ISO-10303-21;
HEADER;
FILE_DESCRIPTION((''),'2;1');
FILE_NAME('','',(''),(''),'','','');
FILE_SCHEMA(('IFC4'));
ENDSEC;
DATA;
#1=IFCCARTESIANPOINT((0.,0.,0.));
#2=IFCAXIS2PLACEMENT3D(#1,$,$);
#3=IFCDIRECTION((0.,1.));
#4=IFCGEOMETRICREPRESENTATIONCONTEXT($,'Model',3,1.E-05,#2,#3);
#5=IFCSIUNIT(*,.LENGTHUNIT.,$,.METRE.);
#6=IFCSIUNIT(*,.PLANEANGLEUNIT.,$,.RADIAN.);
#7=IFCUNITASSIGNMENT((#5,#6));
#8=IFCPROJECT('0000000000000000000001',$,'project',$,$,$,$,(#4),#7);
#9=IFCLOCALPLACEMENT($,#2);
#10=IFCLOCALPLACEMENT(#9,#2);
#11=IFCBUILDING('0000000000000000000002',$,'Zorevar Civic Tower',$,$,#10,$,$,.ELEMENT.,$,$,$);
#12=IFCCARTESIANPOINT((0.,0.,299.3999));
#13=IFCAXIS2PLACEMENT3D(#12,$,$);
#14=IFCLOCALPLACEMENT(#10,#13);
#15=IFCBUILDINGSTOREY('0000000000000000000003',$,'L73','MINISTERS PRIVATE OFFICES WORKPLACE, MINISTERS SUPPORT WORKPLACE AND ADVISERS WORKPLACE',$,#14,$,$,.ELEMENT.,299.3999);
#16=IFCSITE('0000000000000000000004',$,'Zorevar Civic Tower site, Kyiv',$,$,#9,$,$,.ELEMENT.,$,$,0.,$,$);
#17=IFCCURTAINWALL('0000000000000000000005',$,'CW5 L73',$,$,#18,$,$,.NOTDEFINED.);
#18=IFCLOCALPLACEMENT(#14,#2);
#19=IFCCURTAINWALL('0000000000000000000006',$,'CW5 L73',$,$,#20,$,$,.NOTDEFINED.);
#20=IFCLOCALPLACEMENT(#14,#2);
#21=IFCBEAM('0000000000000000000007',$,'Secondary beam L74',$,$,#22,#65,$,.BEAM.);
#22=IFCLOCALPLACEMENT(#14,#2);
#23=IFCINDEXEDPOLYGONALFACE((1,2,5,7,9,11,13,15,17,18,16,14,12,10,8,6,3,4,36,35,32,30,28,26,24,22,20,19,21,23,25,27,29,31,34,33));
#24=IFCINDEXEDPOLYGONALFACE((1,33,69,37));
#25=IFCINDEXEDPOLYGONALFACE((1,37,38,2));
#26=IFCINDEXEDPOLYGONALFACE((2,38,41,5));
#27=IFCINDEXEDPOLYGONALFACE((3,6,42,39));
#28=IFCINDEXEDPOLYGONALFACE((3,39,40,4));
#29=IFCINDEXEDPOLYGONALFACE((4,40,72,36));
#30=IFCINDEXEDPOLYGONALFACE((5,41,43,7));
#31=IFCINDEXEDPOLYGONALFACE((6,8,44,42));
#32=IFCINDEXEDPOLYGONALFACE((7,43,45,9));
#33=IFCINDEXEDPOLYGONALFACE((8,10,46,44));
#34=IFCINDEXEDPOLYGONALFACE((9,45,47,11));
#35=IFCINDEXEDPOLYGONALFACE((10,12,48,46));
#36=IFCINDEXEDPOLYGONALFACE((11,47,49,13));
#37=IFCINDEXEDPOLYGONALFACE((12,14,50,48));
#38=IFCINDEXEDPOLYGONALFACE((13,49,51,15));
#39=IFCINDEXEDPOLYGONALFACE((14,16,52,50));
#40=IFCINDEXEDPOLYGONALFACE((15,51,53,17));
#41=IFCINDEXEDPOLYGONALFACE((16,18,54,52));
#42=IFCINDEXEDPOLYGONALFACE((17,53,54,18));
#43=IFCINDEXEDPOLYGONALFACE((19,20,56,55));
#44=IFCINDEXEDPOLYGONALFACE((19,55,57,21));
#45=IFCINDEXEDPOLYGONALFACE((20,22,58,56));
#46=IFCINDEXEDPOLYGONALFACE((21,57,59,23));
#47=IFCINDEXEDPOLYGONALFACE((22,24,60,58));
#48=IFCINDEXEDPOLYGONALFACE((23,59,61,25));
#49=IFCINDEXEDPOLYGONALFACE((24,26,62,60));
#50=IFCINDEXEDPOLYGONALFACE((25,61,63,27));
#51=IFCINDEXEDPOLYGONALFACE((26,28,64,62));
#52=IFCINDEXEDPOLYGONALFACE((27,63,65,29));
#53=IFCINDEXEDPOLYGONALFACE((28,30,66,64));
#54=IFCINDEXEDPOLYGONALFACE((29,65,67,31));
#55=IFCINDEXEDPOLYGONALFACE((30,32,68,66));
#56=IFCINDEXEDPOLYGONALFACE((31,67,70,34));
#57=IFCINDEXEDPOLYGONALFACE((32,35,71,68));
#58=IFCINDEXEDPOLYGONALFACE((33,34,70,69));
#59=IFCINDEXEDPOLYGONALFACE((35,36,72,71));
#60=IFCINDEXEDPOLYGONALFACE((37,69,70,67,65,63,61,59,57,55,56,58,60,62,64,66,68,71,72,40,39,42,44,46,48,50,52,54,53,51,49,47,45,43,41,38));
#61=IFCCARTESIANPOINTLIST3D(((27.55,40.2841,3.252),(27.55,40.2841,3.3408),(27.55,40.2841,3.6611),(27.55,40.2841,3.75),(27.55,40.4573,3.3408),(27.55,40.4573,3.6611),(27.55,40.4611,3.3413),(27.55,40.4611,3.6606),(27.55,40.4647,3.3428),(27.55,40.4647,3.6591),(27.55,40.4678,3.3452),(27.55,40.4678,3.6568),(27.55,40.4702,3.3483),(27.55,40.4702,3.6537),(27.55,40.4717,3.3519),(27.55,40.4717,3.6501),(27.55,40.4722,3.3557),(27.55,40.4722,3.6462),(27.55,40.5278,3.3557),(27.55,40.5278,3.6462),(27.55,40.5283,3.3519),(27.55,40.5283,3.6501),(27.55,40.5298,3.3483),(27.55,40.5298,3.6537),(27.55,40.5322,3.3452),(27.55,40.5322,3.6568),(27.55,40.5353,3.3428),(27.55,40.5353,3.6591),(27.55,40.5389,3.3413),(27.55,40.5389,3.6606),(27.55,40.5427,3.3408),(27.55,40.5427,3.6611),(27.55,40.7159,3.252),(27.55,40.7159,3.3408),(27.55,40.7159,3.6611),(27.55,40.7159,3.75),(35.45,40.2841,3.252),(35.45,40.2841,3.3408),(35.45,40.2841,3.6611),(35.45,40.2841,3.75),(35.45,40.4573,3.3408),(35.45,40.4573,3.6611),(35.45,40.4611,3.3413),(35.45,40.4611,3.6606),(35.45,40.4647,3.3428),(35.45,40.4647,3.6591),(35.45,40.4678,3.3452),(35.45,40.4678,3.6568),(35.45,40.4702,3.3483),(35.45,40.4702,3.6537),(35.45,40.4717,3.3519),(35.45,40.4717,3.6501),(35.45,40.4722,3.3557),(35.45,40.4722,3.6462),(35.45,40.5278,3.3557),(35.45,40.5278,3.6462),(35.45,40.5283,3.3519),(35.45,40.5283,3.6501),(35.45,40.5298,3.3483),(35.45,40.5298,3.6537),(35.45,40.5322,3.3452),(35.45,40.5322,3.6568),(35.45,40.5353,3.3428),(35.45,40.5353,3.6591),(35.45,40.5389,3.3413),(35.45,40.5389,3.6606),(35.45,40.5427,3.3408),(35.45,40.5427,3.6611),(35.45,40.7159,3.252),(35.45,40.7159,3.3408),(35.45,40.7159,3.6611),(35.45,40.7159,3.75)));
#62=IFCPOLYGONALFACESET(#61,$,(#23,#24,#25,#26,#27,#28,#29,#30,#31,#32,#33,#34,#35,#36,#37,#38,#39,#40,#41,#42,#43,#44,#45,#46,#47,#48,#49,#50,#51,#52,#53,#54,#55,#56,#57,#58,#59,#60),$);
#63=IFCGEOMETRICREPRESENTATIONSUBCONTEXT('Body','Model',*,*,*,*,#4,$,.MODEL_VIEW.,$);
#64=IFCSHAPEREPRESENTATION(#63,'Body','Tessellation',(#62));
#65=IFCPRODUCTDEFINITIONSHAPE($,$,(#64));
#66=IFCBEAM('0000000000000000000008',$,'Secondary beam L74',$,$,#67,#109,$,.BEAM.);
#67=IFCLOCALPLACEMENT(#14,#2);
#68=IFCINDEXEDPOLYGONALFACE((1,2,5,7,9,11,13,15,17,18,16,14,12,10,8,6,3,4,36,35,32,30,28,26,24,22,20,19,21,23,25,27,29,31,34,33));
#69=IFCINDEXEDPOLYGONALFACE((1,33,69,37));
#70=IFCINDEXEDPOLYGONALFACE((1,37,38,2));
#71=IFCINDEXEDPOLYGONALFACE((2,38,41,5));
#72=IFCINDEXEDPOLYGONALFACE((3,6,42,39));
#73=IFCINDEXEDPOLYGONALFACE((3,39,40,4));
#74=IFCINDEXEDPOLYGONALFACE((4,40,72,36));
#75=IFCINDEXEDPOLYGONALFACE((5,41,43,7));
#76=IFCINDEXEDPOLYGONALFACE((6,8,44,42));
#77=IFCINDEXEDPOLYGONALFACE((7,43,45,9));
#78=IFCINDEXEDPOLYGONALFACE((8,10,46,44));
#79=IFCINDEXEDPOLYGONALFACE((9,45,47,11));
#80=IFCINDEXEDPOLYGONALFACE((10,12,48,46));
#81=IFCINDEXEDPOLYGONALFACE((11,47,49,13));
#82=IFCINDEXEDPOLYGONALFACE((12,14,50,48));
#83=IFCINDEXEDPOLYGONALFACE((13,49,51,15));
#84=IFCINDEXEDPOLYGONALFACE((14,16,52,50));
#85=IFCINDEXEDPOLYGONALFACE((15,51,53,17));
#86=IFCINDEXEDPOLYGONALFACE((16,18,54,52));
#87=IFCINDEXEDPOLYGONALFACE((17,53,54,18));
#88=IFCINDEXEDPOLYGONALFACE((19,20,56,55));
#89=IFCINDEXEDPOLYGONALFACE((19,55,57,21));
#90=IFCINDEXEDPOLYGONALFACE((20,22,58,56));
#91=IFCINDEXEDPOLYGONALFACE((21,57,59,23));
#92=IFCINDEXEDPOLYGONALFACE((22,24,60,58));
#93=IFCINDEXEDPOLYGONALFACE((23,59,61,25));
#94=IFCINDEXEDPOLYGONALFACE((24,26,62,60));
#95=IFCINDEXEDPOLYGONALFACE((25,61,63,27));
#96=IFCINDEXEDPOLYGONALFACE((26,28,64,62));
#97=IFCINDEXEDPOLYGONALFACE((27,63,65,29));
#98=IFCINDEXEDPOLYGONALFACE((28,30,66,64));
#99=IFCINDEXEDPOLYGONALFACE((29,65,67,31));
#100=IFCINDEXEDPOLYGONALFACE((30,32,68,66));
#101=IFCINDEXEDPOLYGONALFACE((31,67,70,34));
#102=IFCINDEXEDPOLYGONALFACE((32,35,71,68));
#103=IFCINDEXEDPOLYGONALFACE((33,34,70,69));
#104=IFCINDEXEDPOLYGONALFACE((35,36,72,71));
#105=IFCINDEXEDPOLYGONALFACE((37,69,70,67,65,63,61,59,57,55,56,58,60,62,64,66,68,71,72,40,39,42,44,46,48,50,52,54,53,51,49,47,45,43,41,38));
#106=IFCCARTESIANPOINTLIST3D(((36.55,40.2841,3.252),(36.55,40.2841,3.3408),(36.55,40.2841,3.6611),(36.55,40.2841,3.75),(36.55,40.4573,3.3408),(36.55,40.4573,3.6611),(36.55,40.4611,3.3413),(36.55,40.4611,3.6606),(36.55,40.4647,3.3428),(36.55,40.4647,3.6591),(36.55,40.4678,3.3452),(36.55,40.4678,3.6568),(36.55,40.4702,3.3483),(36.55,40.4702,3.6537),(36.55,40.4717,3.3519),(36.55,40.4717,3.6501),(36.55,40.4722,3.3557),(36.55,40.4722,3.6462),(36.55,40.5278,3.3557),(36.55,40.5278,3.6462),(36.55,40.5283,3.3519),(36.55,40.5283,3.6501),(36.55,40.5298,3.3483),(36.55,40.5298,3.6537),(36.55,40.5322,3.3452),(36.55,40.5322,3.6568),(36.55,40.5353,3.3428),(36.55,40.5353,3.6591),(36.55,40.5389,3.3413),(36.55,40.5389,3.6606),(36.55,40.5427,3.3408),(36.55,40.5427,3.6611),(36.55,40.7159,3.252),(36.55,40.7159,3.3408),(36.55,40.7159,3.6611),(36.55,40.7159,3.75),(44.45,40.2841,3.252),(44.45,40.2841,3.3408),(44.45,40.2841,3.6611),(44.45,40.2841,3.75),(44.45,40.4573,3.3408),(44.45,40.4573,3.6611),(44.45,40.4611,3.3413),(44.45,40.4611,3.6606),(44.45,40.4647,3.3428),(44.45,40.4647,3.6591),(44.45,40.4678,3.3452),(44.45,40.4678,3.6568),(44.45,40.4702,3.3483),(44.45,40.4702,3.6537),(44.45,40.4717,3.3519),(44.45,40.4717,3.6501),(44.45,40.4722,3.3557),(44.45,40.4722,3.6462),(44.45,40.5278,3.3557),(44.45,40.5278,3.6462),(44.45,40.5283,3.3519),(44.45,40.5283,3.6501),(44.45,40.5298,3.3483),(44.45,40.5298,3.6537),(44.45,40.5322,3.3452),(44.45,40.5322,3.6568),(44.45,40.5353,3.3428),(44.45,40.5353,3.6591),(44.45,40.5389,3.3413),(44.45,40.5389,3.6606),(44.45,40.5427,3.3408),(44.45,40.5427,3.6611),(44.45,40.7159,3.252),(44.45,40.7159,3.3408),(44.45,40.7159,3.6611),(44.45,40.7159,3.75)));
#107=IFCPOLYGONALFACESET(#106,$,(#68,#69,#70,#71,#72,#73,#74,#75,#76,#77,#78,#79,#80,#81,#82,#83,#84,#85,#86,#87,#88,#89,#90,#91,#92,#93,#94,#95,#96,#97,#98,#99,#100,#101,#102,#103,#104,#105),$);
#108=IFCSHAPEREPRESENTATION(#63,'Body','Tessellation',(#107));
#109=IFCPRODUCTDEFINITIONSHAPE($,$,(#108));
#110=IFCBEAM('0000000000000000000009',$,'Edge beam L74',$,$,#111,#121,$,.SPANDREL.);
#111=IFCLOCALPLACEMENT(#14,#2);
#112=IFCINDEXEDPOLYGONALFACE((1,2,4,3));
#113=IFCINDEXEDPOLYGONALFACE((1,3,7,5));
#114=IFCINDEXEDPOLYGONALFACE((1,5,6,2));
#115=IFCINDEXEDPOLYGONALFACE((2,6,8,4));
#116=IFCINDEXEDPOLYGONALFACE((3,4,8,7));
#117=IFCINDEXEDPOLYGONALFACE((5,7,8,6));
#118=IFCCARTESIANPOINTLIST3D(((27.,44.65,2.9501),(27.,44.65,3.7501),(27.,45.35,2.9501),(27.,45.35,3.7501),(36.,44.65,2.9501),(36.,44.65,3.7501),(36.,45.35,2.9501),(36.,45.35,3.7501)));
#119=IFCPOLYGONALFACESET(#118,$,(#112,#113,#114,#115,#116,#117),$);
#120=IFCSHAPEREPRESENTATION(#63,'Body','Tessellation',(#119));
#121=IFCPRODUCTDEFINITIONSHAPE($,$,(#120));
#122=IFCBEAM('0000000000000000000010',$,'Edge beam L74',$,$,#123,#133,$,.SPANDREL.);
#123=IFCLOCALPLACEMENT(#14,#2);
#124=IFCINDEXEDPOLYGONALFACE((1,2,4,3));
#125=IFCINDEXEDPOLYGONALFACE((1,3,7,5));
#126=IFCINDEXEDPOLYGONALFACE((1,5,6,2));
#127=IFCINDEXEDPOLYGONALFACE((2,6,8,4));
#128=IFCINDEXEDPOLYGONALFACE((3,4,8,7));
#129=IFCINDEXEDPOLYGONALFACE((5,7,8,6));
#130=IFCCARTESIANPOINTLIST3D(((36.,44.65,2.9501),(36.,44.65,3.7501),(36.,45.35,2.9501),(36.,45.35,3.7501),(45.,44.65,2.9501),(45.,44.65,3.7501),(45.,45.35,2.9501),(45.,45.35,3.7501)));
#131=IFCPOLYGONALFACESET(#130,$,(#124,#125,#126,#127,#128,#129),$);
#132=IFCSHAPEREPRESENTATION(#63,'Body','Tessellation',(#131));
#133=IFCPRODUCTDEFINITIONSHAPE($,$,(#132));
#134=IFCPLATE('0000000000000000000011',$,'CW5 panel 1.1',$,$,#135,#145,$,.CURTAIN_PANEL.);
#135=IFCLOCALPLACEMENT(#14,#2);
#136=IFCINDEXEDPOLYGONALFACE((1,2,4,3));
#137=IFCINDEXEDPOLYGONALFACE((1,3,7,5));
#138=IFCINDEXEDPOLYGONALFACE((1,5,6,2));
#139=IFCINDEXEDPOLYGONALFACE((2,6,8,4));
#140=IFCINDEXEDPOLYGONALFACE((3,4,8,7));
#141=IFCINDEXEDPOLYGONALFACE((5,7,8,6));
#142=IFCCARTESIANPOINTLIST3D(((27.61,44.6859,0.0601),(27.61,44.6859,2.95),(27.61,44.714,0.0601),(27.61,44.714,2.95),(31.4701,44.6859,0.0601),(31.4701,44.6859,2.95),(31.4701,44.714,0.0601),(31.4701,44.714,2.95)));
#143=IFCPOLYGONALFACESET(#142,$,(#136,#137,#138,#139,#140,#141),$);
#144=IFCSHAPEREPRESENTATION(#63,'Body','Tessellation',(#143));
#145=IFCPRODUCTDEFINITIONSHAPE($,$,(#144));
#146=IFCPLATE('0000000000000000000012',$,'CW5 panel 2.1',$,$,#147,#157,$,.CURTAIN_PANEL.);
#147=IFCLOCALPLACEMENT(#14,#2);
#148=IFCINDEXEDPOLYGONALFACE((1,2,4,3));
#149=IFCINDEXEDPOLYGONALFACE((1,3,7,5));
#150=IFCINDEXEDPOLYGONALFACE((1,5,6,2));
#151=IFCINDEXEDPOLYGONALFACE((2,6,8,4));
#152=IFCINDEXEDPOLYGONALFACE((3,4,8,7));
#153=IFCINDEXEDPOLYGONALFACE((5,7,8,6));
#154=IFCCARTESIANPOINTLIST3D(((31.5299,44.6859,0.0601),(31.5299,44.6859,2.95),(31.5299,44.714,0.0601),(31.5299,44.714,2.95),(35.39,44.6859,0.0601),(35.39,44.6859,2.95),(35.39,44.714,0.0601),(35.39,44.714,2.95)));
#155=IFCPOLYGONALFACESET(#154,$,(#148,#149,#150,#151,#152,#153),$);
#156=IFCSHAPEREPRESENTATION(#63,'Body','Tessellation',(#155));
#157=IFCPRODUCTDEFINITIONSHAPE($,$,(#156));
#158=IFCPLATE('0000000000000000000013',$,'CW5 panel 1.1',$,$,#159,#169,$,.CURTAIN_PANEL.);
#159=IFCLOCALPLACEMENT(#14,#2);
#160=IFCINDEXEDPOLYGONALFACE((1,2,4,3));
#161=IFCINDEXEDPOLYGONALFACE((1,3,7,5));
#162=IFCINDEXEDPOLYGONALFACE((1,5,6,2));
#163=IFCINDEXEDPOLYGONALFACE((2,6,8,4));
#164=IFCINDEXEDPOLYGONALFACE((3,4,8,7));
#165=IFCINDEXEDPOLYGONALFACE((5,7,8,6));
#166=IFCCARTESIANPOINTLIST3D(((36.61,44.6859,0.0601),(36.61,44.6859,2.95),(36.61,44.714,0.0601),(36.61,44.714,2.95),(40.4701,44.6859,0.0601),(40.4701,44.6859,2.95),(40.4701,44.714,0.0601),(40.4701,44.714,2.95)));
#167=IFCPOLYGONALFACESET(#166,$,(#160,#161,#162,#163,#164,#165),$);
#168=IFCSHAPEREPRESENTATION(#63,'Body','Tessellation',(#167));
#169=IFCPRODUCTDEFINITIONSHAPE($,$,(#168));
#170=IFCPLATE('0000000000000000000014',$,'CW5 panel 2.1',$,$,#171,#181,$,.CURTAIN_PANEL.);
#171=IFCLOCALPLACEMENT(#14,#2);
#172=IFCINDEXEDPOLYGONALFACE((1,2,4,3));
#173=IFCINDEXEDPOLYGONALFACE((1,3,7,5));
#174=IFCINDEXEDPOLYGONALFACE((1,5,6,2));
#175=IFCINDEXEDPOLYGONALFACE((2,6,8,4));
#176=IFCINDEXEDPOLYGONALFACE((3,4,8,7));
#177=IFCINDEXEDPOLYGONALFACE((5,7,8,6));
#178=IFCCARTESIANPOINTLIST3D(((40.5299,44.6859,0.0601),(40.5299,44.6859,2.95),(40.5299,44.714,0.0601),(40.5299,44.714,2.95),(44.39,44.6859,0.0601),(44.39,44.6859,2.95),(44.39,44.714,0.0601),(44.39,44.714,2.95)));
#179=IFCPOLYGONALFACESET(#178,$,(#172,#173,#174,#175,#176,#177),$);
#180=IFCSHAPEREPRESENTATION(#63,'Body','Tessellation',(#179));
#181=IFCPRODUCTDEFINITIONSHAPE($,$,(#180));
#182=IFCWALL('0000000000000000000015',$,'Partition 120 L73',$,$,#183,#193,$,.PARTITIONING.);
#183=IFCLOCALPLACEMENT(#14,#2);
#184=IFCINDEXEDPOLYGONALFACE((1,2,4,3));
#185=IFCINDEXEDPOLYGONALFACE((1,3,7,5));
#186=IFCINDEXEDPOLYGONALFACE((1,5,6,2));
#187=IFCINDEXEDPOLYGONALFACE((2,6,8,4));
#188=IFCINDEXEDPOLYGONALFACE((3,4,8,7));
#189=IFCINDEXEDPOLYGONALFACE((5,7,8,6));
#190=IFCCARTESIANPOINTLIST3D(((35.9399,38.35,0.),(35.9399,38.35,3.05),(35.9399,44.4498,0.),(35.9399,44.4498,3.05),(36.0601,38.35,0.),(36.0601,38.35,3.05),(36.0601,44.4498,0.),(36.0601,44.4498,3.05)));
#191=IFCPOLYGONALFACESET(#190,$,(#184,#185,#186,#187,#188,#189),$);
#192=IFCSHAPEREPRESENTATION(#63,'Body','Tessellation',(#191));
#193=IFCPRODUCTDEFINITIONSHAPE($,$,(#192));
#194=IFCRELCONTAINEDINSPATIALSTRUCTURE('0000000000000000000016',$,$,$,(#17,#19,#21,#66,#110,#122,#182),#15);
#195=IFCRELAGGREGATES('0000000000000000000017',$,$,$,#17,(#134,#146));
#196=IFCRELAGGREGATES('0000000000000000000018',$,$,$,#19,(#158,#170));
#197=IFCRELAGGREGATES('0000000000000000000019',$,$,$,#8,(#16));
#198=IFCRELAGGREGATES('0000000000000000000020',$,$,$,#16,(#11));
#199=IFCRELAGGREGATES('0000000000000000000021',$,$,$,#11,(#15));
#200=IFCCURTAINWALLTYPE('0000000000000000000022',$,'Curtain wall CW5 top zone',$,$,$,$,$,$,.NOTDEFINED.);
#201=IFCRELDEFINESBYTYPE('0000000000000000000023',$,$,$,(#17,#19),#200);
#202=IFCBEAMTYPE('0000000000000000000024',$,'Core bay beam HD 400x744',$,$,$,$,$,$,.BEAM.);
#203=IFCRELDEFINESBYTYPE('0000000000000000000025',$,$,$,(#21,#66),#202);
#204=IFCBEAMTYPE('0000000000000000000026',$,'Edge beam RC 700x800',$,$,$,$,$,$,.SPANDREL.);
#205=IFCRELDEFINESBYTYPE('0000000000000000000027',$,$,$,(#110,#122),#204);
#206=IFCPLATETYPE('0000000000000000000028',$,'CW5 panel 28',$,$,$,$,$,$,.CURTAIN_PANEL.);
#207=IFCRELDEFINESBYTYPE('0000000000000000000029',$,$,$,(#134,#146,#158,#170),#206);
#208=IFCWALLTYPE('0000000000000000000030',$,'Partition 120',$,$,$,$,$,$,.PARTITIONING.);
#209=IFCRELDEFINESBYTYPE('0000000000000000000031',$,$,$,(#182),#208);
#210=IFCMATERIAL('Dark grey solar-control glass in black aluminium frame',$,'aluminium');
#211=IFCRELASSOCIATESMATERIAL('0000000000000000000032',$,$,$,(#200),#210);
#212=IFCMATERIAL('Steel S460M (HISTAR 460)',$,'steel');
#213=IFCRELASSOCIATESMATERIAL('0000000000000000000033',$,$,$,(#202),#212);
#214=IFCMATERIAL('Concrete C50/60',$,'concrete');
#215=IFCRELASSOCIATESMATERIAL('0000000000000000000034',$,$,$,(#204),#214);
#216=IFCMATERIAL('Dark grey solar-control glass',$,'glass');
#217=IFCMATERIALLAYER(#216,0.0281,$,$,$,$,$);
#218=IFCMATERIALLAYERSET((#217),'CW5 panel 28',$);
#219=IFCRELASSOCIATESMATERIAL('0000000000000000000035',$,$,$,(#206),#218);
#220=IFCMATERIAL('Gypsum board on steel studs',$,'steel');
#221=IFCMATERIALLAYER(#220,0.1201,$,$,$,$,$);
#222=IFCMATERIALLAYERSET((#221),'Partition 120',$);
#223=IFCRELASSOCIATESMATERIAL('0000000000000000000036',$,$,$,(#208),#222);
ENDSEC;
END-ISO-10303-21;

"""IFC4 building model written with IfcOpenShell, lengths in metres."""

from ifc_helpers import new_model, si_unit, direction, frame, frame_2d, origin, origin_2d, place, context, subcontext, project, spatial, rectangle, i_section, extrude, material, layer, layer_set, material_profile, profile_set, type_object, element, aggregate, save


model = new_model("IFC4")

# Units and contexts
model_context = context("Model", 3, precision=1e-05, world=origin(), true_north=direction((0.0, 1.0)))
body_context = subcontext(model_context, "Body", "Model", "MODEL_VIEW")
ifc_project = project(units=[si_unit("LENGTHUNIT", "METRE"), si_unit("PLANEANGLEUNIT", "RADIAN")], contexts=[model_context])

# Site, building, storey
site_placement = place(None, origin())
site = spatial("IfcSite", under=ifc_project, at=site_placement, Name="Zorevar Civic Tower site, Kyiv", CompositionType="ELEMENT", RefElevation=0.0)
building_placement = place(site_placement, origin())
building = spatial("IfcBuilding", under=site, at=building_placement, Name="Zorevar Civic Tower", CompositionType="ELEMENT")
storey_placement = place(building_placement, frame((0.0, 0.0, 299.3999)))
storey = spatial("IfcBuildingStorey", under=building, at=storey_placement, Name="L73", Description="MINISTERS PRIVATE OFFICES WORKPLACE, MINISTERS SUPPORT WORKPLACE AND ADVISERS WORKPLACE", CompositionType="ELEMENT", Elevation=299.3999)

# Curtain walls
ifc_material_1 = material(Name="Dark grey solar-control glass in black aluminium frame", Category="aluminium")
curtain_wall_type = type_object("IfcCurtainWallType", Name="Curtain wall CW5 top zone", PredefinedType="NOTDEFINED", material=ifc_material_1)
curtain_wall_1_placement = place(storey_placement, origin())
curtain_wall_1 = element("IfcCurtainWall", 1, at=curtain_wall_1_placement, inside=storey, type_object=curtain_wall_type, Name="CW5 L73", PredefinedType="NOTDEFINED")
curtain_wall_2_placement = place(storey_placement, origin())
curtain_wall_2 = element("IfcCurtainWall", 2, at=curtain_wall_2_placement, inside=storey, type_object=curtain_wall_type, Name="CW5 L73", PredefinedType="NOTDEFINED")

# Beams
ifc_material_2 = material(Name="Steel S460M (HISTAR 460)", Category="steel")
ifc_material_profile_1 = material_profile(ifc_material_2, i_section(OverallWidth=0.4319, OverallDepth=0.498, WebThickness=0.0557, FlangeThickness=0.0889, FilletRadius=0.0149, at=origin_2d()), Name="HD 400x744")
ifc_profile_set_1 = profile_set([ifc_material_profile_1], Name="Steel S460M (HISTAR 460)")
beam_type_1 = type_object("IfcBeamType", Name="Core bay beam HD 400x744", PredefinedType="BEAM", material=ifc_profile_set_1)
for number, where, z_axis, x_axis, name in (
    (3, (27.55, 40.5, 3.501), (1.0, 0.0, 0.0), (0.0, 1.0, 0.0), "Secondary beam L74"),
    (4, (36.55, 40.5, 3.501), (1.0, 0.0, 0.0), (0.0, 1.0, 0.0), "Secondary beam L74"),
):
    element("IfcBeam", number, at=place(storey_placement, frame(where, z_axis=z_axis, x_axis=x_axis)), inside=storey, type_object=beam_type_1, Name=name, PredefinedType="BEAM", context=body_context, shape_type="SweptSolid", body=[
        extrude(i_section(OverallWidth=0.4319, OverallDepth=0.498, WebThickness=0.0557, FlangeThickness=0.0889, FilletRadius=0.0149, at=origin_2d()), origin(), (0.0, 0.0, 1.0), 7.8999),
    ])
ifc_material_3 = material(Name="Concrete C50/60", Category="concrete")
ifc_material_profile_2 = material_profile(ifc_material_3, rectangle(XDim=0.7, YDim=0.8, at=origin_2d()), Name="RC 700x800")
ifc_profile_set_2 = profile_set([ifc_material_profile_2], Name="Concrete C50/60")
beam_type_2 = type_object("IfcBeamType", Name="Edge beam RC 700x800", PredefinedType="SPANDREL", material=ifc_profile_set_2)
for number, where, z_axis, x_axis, name in (
    (5, (27.0, 45.0, 3.3501), (1.0, 0.0, 0.0), (0.0, 1.0, 0.0), "Edge beam L74"),
    (6, (36.0, 45.0, 3.3501), (1.0, 0.0, 0.0), (0.0, 1.0, 0.0), "Edge beam L74"),
):
    element("IfcBeam", number, at=place(storey_placement, frame(where, z_axis=z_axis, x_axis=x_axis)), inside=storey, type_object=beam_type_2, Name=name, PredefinedType="SPANDREL", context=body_context, shape_type="SweptSolid", body=[
        extrude(rectangle(XDim=0.7, YDim=0.8, at=origin_2d()), origin(), (0.0, 0.0, 1.0), 9.0),
    ])

# Plates
ifc_material_4 = material(Name="Dark grey solar-control glass", Category="glass")
ifc_layer_1 = layer(ifc_material_4, 0.0281)
ifc_layer_set_1 = layer_set([ifc_layer_1], Name="CW5 panel 28")
plate_type = type_object("IfcPlateType", Name="CW5 panel 28", PredefinedType="CURTAIN_PANEL", material=ifc_layer_set_1)
plate_1_placement = place(storey_placement, frame((29.54, 44.7, 0.0601), z_axis=(0.0, 0.0, 1.0), x_axis=(1.0, 0.0, 0.0)))
plate_1 = element("IfcPlate", 7, at=plate_1_placement, type_object=plate_type, Name="CW5 panel 1.1", PredefinedType="CURTAIN_PANEL", context=body_context, shape_type="SweptSolid", body=[
    extrude(rectangle(XDim=3.8601, YDim=0.0281, at=origin_2d()), origin(), (0.0, 0.0, 1.0), 2.8899),
])
plate_2_placement = place(storey_placement, frame((33.46, 44.7, 0.0601), z_axis=(0.0, 0.0, 1.0), x_axis=(1.0, 0.0, 0.0)))
plate_2 = element("IfcPlate", 8, at=plate_2_placement, type_object=plate_type, Name="CW5 panel 2.1", PredefinedType="CURTAIN_PANEL", context=body_context, shape_type="SweptSolid", body=[
    extrude(rectangle(XDim=3.8601, YDim=0.0281, at=origin_2d()), origin(), (0.0, 0.0, 1.0), 2.8899),
])
aggregate(curtain_wall_1, [plate_1, plate_2])
plate_3_placement = place(storey_placement, frame((38.54, 44.7, 0.0601), z_axis=(0.0, 0.0, 1.0), x_axis=(1.0, 0.0, 0.0)))
plate_3 = element("IfcPlate", 9, at=plate_3_placement, type_object=plate_type, Name="CW5 panel 1.1", PredefinedType="CURTAIN_PANEL", context=body_context, shape_type="SweptSolid", body=[
    extrude(rectangle(XDim=3.8601, YDim=0.0281, at=origin_2d()), origin(), (0.0, 0.0, 1.0), 2.8899),
])
plate_4_placement = place(storey_placement, frame((42.46, 44.7, 0.0601), z_axis=(0.0, 0.0, 1.0), x_axis=(1.0, 0.0, 0.0)))
plate_4 = element("IfcPlate", 10, at=plate_4_placement, type_object=plate_type, Name="CW5 panel 2.1", PredefinedType="CURTAIN_PANEL", context=body_context, shape_type="SweptSolid", body=[
    extrude(rectangle(XDim=3.8601, YDim=0.0281, at=origin_2d()), origin(), (0.0, 0.0, 1.0), 2.8899),
])
aggregate(curtain_wall_2, [plate_3, plate_4])

# Wall
ifc_material_5 = material(Name="Gypsum board on steel studs", Category="steel")
ifc_layer_2 = layer(ifc_material_5, 0.1201)
ifc_layer_set_2 = layer_set([ifc_layer_2], Name="Partition 120")
wall_type = type_object("IfcWallType", Name="Partition 120", PredefinedType="PARTITIONING", material=ifc_layer_set_2)
wall_placement = place(storey_placement, frame((36.0, 38.3501, 0.0), z_axis=(0.0, 0.0, 1.0), x_axis=(0.0, 1.0, 0.0)))
element("IfcWall", 11, at=wall_placement, inside=storey, type_object=wall_type, Name="Partition 120 L73", PredefinedType="PARTITIONING", context=body_context, shape_type="SweptSolid", body=[
    extrude(rectangle(XDim=6.0999, YDim=0.1201, at=frame_2d((3.0498, 0.0))), origin(), (0.0, 0.0, 1.0), 3.05),
])

save(model, "model.ifc")
